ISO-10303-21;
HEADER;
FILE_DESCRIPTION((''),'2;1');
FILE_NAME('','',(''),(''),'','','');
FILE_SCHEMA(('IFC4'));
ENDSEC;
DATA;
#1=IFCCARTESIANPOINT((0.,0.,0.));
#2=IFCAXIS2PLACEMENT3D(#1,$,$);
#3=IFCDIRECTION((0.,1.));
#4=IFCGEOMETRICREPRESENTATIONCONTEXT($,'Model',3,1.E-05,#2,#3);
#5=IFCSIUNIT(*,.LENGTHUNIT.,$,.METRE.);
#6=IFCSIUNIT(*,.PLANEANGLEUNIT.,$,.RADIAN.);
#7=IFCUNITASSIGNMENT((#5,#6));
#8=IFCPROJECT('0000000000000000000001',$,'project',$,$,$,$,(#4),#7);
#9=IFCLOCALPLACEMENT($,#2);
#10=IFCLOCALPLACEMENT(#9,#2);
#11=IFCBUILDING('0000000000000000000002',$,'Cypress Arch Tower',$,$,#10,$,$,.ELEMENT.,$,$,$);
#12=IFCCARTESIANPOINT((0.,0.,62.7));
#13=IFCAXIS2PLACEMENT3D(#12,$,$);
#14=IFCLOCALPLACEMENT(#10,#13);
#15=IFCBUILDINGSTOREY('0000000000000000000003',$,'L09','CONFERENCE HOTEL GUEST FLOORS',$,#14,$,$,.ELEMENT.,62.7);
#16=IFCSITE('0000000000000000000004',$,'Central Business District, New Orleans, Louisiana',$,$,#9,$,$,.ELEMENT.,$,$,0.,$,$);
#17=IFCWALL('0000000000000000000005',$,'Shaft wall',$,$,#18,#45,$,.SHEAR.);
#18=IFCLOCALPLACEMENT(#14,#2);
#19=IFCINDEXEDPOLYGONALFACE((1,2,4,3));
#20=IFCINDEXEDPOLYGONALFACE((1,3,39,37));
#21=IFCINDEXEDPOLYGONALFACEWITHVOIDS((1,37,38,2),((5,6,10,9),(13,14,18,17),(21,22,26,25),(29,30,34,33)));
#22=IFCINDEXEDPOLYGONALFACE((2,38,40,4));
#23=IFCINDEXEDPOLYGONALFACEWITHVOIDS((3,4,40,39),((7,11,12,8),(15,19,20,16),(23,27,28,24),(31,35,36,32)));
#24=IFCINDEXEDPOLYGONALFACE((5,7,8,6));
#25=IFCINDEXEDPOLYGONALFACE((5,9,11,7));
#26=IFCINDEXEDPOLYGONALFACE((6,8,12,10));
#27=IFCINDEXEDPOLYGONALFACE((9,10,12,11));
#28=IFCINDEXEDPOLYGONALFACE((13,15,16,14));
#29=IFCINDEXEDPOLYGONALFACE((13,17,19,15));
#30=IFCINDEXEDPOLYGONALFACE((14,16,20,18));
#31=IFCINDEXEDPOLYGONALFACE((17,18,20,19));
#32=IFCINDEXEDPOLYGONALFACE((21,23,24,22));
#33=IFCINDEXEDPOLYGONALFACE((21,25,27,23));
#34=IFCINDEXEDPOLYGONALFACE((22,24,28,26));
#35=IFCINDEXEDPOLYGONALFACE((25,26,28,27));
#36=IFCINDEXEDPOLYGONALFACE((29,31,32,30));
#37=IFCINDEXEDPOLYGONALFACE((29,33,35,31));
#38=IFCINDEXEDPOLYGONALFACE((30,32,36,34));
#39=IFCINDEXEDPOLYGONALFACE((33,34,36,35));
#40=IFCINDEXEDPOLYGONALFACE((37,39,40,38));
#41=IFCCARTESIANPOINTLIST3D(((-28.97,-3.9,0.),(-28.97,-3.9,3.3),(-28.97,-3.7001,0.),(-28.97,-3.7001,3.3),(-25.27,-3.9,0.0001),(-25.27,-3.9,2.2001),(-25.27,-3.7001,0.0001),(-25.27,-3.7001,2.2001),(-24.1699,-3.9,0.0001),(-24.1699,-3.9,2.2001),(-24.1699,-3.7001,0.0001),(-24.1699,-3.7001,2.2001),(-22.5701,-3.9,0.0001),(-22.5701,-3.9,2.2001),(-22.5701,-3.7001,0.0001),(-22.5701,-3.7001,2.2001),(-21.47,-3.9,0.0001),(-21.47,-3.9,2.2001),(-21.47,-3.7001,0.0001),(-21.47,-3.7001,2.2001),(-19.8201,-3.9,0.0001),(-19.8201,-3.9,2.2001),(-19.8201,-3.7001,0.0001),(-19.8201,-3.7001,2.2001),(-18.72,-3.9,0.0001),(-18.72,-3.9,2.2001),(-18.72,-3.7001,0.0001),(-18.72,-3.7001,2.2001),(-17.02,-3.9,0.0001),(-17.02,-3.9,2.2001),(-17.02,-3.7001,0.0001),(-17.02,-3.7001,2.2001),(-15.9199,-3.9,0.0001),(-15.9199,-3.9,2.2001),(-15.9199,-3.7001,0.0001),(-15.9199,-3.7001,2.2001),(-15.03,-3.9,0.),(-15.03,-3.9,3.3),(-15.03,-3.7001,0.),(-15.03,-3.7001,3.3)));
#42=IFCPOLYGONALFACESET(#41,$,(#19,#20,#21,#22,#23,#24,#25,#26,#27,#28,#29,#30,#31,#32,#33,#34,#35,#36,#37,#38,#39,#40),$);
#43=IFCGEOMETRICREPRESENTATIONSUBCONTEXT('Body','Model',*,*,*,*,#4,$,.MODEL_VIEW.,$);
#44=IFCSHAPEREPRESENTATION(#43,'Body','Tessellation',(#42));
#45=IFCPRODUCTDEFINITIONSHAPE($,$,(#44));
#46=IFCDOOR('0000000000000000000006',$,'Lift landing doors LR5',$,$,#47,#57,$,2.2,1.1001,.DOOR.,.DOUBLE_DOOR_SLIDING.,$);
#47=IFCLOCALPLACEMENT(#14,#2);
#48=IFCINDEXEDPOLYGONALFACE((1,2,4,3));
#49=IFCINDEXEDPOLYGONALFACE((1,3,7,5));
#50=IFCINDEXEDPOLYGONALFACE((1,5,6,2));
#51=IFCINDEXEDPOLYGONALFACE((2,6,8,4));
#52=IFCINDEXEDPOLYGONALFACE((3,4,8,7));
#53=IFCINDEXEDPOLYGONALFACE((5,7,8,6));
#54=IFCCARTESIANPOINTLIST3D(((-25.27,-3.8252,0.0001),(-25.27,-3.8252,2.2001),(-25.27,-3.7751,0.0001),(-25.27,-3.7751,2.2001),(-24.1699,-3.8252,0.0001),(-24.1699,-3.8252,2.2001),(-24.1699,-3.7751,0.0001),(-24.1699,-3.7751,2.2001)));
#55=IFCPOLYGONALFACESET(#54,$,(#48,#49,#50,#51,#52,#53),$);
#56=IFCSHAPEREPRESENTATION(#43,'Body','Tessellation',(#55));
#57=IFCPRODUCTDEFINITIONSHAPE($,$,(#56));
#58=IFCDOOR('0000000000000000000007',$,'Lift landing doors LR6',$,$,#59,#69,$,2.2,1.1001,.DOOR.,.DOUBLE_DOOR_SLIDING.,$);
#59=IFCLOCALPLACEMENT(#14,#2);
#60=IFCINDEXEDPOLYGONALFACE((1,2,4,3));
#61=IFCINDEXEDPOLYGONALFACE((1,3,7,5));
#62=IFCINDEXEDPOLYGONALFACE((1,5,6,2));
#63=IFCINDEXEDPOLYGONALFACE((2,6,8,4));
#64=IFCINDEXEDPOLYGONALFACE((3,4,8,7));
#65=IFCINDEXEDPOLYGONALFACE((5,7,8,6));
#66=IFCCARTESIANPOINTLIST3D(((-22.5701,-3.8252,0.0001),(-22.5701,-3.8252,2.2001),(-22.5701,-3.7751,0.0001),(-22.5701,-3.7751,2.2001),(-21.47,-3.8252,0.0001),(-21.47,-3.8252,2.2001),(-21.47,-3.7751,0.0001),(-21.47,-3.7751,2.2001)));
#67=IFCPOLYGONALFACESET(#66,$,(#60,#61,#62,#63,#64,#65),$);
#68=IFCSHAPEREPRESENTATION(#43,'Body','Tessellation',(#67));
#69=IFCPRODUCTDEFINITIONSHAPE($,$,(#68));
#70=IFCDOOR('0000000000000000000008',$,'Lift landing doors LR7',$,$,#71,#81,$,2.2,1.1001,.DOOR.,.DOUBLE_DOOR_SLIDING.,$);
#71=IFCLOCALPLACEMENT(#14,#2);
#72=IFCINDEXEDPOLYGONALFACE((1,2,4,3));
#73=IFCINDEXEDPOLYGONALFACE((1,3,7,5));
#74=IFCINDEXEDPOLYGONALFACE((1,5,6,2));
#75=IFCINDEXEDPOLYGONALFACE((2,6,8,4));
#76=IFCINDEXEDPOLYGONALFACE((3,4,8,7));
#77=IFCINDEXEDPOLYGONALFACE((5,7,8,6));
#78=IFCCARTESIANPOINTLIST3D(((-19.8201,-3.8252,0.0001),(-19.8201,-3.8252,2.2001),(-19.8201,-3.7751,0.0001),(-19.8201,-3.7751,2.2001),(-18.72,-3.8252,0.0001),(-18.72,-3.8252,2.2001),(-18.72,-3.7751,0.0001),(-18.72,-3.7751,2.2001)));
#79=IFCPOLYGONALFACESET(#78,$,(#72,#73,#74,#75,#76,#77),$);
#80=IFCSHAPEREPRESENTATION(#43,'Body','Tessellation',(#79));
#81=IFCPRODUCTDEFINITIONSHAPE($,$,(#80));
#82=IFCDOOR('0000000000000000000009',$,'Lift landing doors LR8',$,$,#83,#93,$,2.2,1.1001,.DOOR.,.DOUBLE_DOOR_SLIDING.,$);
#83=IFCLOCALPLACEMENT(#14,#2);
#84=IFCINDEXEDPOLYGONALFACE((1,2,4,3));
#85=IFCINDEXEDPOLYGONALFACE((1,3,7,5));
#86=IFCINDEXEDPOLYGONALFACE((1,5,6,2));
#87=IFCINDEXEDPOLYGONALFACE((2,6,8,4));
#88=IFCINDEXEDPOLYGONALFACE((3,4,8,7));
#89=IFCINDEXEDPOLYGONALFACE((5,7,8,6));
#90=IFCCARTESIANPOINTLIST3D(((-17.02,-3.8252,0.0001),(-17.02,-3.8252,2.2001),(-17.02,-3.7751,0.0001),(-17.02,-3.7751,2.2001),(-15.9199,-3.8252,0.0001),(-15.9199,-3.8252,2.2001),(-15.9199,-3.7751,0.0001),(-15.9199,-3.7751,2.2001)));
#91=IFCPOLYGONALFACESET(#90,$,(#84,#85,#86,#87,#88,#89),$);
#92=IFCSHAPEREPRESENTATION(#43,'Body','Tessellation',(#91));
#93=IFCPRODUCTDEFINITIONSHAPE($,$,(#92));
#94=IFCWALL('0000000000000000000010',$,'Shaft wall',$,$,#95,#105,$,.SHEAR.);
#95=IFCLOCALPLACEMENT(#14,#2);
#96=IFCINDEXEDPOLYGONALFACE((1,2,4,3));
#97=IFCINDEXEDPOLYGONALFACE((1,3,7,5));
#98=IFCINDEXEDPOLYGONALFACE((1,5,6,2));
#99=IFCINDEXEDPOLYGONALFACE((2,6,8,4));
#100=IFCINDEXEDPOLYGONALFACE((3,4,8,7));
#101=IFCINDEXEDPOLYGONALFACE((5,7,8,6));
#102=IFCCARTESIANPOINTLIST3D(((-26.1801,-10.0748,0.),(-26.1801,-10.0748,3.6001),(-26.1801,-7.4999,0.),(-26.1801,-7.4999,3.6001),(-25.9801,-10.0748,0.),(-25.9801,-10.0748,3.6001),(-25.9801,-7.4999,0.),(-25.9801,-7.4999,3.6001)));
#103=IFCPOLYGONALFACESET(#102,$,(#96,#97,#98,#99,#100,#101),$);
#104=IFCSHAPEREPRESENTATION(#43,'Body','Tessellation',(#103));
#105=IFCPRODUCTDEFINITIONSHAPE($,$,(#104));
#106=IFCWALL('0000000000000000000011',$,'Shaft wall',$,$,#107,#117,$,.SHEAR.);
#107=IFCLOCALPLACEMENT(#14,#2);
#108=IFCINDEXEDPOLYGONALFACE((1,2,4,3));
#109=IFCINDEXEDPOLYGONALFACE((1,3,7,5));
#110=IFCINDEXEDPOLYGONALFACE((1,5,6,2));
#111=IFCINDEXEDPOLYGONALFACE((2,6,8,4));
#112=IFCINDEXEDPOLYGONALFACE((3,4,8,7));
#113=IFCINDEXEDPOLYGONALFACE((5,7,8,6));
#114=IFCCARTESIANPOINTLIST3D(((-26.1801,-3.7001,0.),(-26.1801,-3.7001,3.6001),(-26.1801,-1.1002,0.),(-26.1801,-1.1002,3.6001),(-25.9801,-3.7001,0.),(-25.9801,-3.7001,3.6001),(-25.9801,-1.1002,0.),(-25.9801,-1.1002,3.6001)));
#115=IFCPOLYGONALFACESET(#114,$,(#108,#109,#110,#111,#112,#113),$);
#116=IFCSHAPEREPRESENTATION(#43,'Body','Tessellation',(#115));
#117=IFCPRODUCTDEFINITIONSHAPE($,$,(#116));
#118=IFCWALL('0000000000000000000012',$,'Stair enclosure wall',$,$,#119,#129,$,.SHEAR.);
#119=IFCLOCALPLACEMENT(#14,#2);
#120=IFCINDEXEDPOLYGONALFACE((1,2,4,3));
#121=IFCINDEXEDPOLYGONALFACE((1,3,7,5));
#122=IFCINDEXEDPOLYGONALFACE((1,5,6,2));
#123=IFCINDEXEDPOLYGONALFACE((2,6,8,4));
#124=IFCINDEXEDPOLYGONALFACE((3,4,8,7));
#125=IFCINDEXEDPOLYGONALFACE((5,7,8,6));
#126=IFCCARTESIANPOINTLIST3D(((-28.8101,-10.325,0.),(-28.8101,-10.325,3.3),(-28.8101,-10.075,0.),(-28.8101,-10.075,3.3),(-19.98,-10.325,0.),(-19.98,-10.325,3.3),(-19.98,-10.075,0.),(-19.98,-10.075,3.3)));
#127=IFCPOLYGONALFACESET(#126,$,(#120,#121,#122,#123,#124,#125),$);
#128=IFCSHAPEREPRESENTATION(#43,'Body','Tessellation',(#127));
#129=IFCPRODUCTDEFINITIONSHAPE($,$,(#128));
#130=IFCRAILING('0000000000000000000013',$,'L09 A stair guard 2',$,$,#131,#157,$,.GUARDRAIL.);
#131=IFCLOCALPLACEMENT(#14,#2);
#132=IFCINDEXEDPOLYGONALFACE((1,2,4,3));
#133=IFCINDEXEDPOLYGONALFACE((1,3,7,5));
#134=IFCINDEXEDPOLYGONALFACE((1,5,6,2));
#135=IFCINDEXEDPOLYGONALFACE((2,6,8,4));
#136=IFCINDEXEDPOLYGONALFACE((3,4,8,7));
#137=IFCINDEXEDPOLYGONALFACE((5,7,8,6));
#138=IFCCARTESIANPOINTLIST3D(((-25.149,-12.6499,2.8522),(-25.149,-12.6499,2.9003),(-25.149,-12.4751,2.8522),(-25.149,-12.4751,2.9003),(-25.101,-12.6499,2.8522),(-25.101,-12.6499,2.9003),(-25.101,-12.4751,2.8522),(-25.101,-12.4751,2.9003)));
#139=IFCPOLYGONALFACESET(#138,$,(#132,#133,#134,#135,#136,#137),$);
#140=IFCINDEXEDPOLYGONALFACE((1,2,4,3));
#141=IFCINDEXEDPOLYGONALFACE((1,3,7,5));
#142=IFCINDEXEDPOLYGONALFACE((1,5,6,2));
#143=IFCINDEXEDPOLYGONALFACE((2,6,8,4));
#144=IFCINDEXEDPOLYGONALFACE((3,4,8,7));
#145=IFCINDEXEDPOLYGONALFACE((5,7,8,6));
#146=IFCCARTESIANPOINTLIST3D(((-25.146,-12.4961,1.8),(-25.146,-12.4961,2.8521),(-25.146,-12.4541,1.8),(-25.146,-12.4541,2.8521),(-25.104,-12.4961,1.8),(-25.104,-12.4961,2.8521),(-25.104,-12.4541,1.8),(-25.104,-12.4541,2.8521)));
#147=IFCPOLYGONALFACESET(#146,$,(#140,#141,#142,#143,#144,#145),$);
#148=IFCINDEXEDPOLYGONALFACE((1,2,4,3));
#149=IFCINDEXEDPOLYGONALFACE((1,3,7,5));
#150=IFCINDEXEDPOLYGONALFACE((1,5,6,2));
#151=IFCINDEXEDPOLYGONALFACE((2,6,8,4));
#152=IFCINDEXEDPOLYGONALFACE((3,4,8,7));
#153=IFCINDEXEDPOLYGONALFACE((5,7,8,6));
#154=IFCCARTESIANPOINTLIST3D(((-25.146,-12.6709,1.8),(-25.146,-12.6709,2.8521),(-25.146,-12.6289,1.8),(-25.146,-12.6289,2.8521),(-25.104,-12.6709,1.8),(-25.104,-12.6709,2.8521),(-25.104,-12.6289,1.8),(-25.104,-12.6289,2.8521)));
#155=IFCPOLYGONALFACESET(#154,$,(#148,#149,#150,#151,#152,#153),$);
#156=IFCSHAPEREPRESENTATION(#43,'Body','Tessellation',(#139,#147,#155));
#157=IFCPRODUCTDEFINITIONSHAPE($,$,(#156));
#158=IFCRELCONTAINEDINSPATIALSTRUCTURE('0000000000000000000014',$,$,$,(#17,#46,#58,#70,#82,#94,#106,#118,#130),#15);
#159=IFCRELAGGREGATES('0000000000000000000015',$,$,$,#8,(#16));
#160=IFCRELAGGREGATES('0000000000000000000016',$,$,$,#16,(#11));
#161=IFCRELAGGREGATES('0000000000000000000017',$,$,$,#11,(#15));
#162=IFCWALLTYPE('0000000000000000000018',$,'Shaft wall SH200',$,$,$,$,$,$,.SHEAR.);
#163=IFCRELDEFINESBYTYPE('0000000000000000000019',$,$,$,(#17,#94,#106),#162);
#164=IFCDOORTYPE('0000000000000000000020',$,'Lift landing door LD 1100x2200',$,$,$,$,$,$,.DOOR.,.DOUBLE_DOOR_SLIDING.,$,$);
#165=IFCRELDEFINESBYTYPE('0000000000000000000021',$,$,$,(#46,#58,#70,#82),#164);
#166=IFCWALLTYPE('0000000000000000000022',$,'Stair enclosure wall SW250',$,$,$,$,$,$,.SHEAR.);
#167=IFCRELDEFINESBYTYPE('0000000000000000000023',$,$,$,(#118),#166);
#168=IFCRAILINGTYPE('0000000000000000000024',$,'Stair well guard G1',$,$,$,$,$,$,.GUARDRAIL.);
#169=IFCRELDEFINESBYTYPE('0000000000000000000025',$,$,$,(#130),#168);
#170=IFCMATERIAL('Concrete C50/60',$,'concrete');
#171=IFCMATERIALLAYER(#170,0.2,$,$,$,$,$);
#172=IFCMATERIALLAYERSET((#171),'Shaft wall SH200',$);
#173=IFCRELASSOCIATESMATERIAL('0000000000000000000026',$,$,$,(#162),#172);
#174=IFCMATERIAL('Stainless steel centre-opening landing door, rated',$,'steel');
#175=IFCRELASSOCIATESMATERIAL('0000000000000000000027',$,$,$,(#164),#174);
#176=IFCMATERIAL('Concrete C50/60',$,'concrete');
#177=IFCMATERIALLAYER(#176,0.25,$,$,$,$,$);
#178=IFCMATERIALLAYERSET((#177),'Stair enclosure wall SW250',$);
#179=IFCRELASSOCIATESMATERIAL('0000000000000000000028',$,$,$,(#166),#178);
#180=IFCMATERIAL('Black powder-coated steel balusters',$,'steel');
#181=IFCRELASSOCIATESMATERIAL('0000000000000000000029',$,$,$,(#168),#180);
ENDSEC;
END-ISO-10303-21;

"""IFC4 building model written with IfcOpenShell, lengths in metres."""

from ifc_helpers import new_model, si_unit, direction, frame, frame_2d, origin, origin_2d, place, context, subcontext, project, spatial, rectangle, extrude, material, layer, layer_set, type_object, element, fill, save


model = new_model("IFC4")

# Units and contexts
model_context = context("Model", 3, precision=1e-05, world=origin(), true_north=direction((0.0, 1.0)))
body_context = subcontext(model_context, "Body", "Model", "MODEL_VIEW")
ifc_project = project(units=[si_unit("LENGTHUNIT", "METRE"), si_unit("PLANEANGLEUNIT", "RADIAN")], contexts=[model_context])

# Site, building, storey
site_placement = place(None, origin())
site = spatial("IfcSite", under=ifc_project, at=site_placement, Name="Central Business District, New Orleans, Louisiana", CompositionType="ELEMENT", RefElevation=0.0)
building_placement = place(site_placement, origin())
building = spatial("IfcBuilding", under=site, at=building_placement, Name="Cypress Arch Tower", CompositionType="ELEMENT")
storey_placement = place(building_placement, frame((0.0, 0.0, 62.7)))
storey = spatial("IfcBuildingStorey", under=building, at=storey_placement, Name="L09", Description="CONFERENCE HOTEL GUEST FLOORS", CompositionType="ELEMENT", Elevation=62.7)

# Wall, openings, doors
ifc_material_1 = material(Name="Concrete C50/60", Category="concrete")
ifc_layer_1 = layer(ifc_material_1, 0.2)
ifc_layer_set_1 = layer_set([ifc_layer_1], Name="Shaft wall SH200")
wall_type_1 = type_object("IfcWallType", Name="Shaft wall SH200", PredefinedType="SHEAR", material=ifc_layer_set_1)
ifc_material_2 = material(Name="Stainless steel centre-opening landing door, rated", Category="steel")
door_type_1 = type_object("IfcDoorType", Name="Lift landing door LD 1100x2200", OperationType="DOUBLE_DOOR_SLIDING", PredefinedType="DOOR", material=ifc_material_2)
wall_1_placement = place(storey_placement, frame((-28.97, -3.8, 0.0), z_axis=(0.0, 0.0, 1.0), x_axis=(1.0, 0.0, 0.0)))
wall_1 = element("IfcWall", 1, at=wall_1_placement, inside=storey, type_object=wall_type_1, Name="Shaft wall", PredefinedType="SHEAR", context=body_context, shape_type="SweptSolid", body=[
    extrude(rectangle(XDim=13.9399, YDim=0.2, at=frame_2d((6.97, 0.0))), origin(), (0.0, 0.0, 1.0), 3.3),
])
opening_1_placement = place(wall_1_placement, frame((3.7, 0.0, 0.0)))
opening_1 = element("IfcOpeningElement", 2, at=opening_1_placement, cuts=wall_1, PredefinedType="OPENING", context=body_context, shape_type="SweptSolid", body=[
    extrude(rectangle(XDim=1.1001, YDim=2.2, at=frame_2d((0.55, 1.1001))), frame((0.0, 0.1099, 0.0), z_axis=(0.0, -1.0, 0.0), x_axis=(1.0, 0.0, 0.0)), (0.0, 0.0, 1.0), 0.22),
])
opening_2_placement = place(wall_1_placement, frame((6.3999, 0.0, 0.0)))
opening_2 = element("IfcOpeningElement", 3, at=opening_2_placement, cuts=wall_1, PredefinedType="OPENING", context=body_context, shape_type="SweptSolid", body=[
    extrude(rectangle(XDim=1.1001, YDim=2.2, at=frame_2d((0.55, 1.1001))), frame((0.0, 0.1099, 0.0), z_axis=(0.0, -1.0, 0.0), x_axis=(1.0, 0.0, 0.0)), (0.0, 0.0, 1.0), 0.22),
])
opening_3_placement = place(wall_1_placement, frame((9.1499, 0.0, 0.0)))
opening_3 = element("IfcOpeningElement", 4, at=opening_3_placement, cuts=wall_1, PredefinedType="OPENING", context=body_context, shape_type="SweptSolid", body=[
    extrude(rectangle(XDim=1.1001, YDim=2.2, at=frame_2d((0.55, 1.1001))), frame((0.0, 0.1099, 0.0), z_axis=(0.0, -1.0, 0.0), x_axis=(1.0, 0.0, 0.0)), (0.0, 0.0, 1.0), 0.22),
])
opening_4_placement = place(wall_1_placement, frame((11.95, 0.0, 0.0)))
opening_4 = element("IfcOpeningElement", 5, at=opening_4_placement, cuts=wall_1, PredefinedType="OPENING", context=body_context, shape_type="SweptSolid", body=[
    extrude(rectangle(XDim=1.1001, YDim=2.2, at=frame_2d((0.55, 1.1001))), frame((0.0, 0.1099, 0.0), z_axis=(0.0, -1.0, 0.0), x_axis=(1.0, 0.0, 0.0)), (0.0, 0.0, 1.0), 0.22),
])
door_1_placement = place(opening_1_placement, origin())
door_1 = element("IfcDoor", 6, at=door_1_placement, inside=storey, type_object=door_type_1, Name="Lift landing doors LR5", OperationType="DOUBLE_DOOR_SLIDING", OverallHeight=2.2, OverallWidth=1.1001, PredefinedType="DOOR", context=body_context, shape_type="SweptSolid", body=[
    extrude(rectangle(XDim=1.1001, YDim=2.2, at=frame_2d((0.55, 1.1001))), frame((0.0, 0.0249, 0.0), z_axis=(0.0, -1.0, 0.0), x_axis=(1.0, 0.0, 0.0)), (0.0, 0.0, 1.0), 0.05),
])
fill(opening_1, door_1)
door_2_placement = place(opening_2_placement, origin())
door_2 = element("IfcDoor", 7, at=door_2_placement, inside=storey, type_object=door_type_1, Name="Lift landing doors LR6", OperationType="DOUBLE_DOOR_SLIDING", OverallHeight=2.2, OverallWidth=1.1001, PredefinedType="DOOR", context=body_context, shape_type="SweptSolid", body=[
    extrude(rectangle(XDim=1.1001, YDim=2.2, at=frame_2d((0.55, 1.1001))), frame((0.0, 0.0249, 0.0), z_axis=(0.0, -1.0, 0.0), x_axis=(1.0, 0.0, 0.0)), (0.0, 0.0, 1.0), 0.05),
])
fill(opening_2, door_2)
door_3_placement = place(opening_3_placement, origin())
door_3 = element("IfcDoor", 8, at=door_3_placement, inside=storey, type_object=door_type_1, Name="Lift landing doors LR7", OperationType="DOUBLE_DOOR_SLIDING", OverallHeight=2.2, OverallWidth=1.1001, PredefinedType="DOOR", context=body_context, shape_type="SweptSolid", body=[
    extrude(rectangle(XDim=1.1001, YDim=2.2, at=frame_2d((0.55, 1.1001))), frame((0.0, 0.0249, 0.0), z_axis=(0.0, -1.0, 0.0), x_axis=(1.0, 0.0, 0.0)), (0.0, 0.0, 1.0), 0.05),
])
fill(opening_3, door_3)
door_4_placement = place(opening_4_placement, origin())
door_4 = element("IfcDoor", 9, at=door_4_placement, inside=storey, type_object=door_type_1, Name="Lift landing doors LR8", OperationType="DOUBLE_DOOR_SLIDING", OverallHeight=2.2, OverallWidth=1.1001, PredefinedType="DOOR", context=body_context, shape_type="SweptSolid", body=[
    extrude(rectangle(XDim=1.1001, YDim=2.2, at=frame_2d((0.55, 1.1001))), frame((0.0, 0.0249, 0.0), z_axis=(0.0, -1.0, 0.0), x_axis=(1.0, 0.0, 0.0)), (0.0, 0.0, 1.0), 0.05),
])
fill(opening_4, door_4)

# Walls
wall_2_placement = place(storey_placement, frame((-26.0801, -10.075, 0.0), z_axis=(0.0, 0.0, 1.0), x_axis=(0.0, 1.0, 0.0)))
element("IfcWall", 10, at=wall_2_placement, inside=storey, type_object=wall_type_1, Name="Shaft wall", PredefinedType="SHEAR", context=body_context, shape_type="SweptSolid", body=[
    extrude(rectangle(XDim=2.575, YDim=0.2, at=frame_2d((1.2876, 0.0))), origin(), (0.0, 0.0, 1.0), 3.6001),
])
wall_3_placement = place(storey_placement, frame((-26.0801, -3.7, 0.0), z_axis=(0.0, 0.0, 1.0), x_axis=(0.0, 1.0, 0.0)))
element("IfcWall", 11, at=wall_3_placement, inside=storey, type_object=wall_type_1, Name="Shaft wall", PredefinedType="SHEAR", context=body_context, shape_type="SweptSolid", body=[
    extrude(rectangle(XDim=2.5999, YDim=0.2, at=frame_2d((1.2998, 0.0))), origin(), (0.0, 0.0, 1.0), 3.6001),
])
ifc_material_3 = material(Name="Concrete C50/60", Category="concrete")
ifc_layer_2 = layer(ifc_material_3, 0.25)
ifc_layer_set_2 = layer_set([ifc_layer_2], Name="Stair enclosure wall SW250")
wall_type_2 = type_object("IfcWallType", Name="Stair enclosure wall SW250", PredefinedType="SHEAR", material=ifc_layer_set_2)
wall_4_placement = place(storey_placement, frame((-28.8101, -10.2, 0.0), z_axis=(0.0, 0.0, 1.0), x_axis=(1.0, 0.0, 0.0)))
element("IfcWall", 12, at=wall_4_placement, inside=storey, type_object=wall_type_2, Name="Stair enclosure wall", PredefinedType="SHEAR", context=body_context, shape_type="SweptSolid", body=[
    extrude(rectangle(XDim=8.8301, YDim=0.25, at=frame_2d((4.415, 0.0))), origin(), (0.0, 0.0, 1.0), 3.3),
])

# Railing
ifc_material_4 = material(Name="Black powder-coated steel balusters", Category="steel")
railing_type = type_object("IfcRailingType", Name="Stair well guard G1", PredefinedType="GUARDRAIL", material=ifc_material_4)
railing_placement = place(storey_placement, frame((-25.125, -12.4751, 1.8)))
element("IfcRailing", 13, at=railing_placement, inside=storey, type_object=railing_type, Name="L09 A stair guard 2", PredefinedType="GUARDRAIL", context=body_context, shape_type="SweptSolid", body=[
    extrude(rectangle(XDim=0.0481, YDim=0.0481, at=origin_2d()), frame((0.0, 0.0, 1.0762), z_axis=(0.0, -1.0, 0.0), x_axis=(1.0, 0.0, 0.0)), (0.0, 0.0, 1.0), 0.1748),
    extrude(rectangle(XDim=0.042, YDim=0.042, at=origin_2d()), origin(), (0.0, 0.0, 1.0), 1.052),
    extrude(rectangle(XDim=0.042, YDim=0.042, at=origin_2d()), frame((0.0, -0.1748, 0.0)), (0.0, 0.0, 1.0), 1.052),
])

save(model, "model.ifc")
